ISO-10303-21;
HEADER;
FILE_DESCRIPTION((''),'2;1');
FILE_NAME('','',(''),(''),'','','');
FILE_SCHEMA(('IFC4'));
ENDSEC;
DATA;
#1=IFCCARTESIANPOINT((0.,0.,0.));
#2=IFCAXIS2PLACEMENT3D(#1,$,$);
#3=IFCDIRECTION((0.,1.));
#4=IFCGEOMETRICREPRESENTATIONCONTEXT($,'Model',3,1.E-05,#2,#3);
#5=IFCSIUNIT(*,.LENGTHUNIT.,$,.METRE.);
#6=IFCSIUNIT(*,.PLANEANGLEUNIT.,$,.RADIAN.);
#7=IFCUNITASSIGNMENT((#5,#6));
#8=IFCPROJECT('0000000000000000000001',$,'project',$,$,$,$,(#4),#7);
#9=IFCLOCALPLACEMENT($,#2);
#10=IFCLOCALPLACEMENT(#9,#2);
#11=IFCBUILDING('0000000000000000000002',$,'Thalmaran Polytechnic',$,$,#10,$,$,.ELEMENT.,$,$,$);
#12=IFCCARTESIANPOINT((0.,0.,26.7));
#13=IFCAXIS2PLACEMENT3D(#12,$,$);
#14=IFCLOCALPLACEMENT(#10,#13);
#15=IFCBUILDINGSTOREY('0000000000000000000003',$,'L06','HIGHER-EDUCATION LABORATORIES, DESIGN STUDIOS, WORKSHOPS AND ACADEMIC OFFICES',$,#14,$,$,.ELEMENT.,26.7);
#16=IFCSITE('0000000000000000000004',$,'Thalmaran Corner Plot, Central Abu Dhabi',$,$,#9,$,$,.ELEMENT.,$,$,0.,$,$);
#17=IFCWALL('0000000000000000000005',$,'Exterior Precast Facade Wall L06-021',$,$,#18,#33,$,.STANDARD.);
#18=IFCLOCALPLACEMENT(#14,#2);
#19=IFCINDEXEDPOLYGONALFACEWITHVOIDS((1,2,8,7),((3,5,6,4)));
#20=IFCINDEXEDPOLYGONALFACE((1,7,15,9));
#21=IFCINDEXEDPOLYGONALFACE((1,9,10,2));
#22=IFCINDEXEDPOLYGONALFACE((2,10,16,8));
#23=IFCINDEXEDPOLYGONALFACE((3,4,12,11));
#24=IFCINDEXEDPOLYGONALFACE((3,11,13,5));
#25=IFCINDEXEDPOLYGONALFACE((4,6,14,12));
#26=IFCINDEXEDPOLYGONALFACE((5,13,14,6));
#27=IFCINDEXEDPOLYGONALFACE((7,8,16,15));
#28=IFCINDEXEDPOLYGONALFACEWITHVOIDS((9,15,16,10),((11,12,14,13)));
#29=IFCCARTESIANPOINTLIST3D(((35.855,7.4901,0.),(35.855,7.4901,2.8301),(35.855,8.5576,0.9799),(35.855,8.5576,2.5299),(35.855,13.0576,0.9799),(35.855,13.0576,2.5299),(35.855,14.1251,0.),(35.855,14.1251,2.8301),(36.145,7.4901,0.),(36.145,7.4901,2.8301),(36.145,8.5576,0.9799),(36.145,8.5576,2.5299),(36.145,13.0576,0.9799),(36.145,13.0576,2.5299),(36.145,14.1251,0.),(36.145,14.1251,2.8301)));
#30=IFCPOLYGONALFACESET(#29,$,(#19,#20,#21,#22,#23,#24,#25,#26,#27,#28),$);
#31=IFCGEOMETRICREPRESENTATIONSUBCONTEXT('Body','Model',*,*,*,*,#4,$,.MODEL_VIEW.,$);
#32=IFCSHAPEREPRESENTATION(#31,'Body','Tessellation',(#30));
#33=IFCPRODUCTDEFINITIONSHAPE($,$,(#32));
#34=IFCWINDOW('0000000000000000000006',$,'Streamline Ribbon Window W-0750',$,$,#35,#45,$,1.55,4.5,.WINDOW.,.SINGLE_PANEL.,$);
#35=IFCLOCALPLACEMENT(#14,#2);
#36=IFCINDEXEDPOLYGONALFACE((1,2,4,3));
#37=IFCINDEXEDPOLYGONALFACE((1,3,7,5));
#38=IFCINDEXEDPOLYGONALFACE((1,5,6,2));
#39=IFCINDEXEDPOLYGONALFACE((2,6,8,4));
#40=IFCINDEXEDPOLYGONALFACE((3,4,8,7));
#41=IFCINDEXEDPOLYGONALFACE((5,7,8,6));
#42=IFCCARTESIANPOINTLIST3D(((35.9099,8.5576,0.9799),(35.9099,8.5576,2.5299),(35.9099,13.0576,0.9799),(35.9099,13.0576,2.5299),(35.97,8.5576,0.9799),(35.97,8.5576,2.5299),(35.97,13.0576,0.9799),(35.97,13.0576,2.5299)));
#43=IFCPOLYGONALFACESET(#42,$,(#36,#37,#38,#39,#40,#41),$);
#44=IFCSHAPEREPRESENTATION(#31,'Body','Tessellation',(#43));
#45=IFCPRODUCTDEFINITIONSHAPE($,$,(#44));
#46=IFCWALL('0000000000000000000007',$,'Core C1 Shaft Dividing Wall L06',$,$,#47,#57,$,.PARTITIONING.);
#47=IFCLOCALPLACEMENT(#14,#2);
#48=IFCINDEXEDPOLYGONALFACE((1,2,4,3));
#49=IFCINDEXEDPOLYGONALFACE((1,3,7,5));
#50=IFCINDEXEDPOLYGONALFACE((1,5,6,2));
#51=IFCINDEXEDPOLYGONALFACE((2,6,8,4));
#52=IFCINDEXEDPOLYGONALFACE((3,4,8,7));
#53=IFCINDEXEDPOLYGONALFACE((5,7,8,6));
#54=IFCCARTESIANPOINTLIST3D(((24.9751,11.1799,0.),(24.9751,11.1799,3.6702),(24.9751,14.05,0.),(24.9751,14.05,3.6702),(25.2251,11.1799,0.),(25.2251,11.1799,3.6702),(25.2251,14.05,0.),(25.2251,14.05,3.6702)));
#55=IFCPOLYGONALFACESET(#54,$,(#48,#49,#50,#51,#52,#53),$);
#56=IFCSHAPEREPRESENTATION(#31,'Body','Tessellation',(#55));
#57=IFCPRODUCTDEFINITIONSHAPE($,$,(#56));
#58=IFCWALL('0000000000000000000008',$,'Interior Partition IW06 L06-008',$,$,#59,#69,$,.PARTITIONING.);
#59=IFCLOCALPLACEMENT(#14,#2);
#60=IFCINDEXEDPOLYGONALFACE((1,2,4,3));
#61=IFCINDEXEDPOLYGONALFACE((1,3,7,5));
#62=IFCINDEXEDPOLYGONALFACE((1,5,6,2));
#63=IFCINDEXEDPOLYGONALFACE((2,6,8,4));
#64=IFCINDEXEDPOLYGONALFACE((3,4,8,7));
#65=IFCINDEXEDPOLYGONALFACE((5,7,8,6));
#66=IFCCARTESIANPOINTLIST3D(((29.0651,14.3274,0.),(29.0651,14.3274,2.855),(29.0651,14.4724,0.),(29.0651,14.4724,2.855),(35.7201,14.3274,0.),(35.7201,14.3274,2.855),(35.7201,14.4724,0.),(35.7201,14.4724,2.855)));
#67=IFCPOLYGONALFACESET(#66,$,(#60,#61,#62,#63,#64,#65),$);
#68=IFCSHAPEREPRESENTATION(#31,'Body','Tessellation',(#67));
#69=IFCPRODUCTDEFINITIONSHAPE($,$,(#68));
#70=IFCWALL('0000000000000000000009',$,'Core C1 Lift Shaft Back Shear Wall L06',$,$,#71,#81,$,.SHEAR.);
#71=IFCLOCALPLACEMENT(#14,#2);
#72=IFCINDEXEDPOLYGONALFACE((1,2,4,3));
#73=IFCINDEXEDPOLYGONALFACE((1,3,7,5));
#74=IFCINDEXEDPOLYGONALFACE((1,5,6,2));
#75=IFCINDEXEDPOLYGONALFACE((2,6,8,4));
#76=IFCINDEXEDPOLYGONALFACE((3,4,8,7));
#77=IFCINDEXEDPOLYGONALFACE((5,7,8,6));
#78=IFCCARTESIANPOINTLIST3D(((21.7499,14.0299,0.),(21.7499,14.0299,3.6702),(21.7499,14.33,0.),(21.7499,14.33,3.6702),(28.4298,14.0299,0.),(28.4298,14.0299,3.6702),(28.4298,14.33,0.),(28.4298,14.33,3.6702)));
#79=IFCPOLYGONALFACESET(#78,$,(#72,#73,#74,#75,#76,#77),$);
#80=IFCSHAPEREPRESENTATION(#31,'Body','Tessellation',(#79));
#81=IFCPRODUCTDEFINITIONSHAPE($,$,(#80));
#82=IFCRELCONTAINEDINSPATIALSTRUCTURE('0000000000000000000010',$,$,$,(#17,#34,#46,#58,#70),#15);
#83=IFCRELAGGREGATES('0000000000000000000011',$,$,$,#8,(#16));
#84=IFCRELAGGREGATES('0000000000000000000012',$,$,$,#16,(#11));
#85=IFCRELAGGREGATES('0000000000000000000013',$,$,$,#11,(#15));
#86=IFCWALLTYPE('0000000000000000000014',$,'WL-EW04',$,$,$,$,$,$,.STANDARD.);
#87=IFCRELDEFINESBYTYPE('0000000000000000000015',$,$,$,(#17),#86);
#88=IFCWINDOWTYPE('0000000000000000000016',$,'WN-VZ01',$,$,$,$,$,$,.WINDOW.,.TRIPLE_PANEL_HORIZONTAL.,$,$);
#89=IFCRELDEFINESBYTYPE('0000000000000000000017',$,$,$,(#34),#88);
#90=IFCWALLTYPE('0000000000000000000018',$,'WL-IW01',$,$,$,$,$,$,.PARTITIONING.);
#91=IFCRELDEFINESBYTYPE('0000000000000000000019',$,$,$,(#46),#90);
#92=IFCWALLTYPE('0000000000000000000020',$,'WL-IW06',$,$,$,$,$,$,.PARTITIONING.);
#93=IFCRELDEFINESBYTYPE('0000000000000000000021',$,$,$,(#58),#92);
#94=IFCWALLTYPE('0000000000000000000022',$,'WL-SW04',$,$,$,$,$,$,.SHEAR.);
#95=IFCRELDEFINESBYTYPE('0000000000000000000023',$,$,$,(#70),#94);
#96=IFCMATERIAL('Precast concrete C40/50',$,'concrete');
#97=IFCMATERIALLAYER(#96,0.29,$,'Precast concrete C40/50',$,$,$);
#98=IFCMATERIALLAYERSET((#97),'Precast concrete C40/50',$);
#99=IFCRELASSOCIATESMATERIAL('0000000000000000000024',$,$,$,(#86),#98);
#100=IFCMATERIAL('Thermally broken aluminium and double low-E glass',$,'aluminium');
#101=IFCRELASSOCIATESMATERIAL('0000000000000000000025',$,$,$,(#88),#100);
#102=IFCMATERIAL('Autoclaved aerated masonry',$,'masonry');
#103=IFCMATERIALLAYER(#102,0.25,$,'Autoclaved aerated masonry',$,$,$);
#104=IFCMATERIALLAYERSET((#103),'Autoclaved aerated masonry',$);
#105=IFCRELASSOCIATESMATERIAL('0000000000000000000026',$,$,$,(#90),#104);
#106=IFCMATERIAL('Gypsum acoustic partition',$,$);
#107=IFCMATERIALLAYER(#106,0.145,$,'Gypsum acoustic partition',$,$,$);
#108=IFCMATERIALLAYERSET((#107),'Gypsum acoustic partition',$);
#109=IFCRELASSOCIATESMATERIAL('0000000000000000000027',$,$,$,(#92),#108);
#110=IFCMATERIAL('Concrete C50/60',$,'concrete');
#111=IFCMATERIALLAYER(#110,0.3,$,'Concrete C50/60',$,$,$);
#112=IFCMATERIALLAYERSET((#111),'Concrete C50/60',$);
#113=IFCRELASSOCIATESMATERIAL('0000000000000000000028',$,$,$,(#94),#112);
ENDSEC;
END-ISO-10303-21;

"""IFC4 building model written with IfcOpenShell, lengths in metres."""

from ifc_helpers import new_model, si_unit, direction, frame, frame_2d, origin, place, context, subcontext, project, spatial, rectangle, extrude, material, layer, layer_set, type_object, element, fill, save


model = new_model("IFC4")

# Units and contexts
model_context = context("Model", 3, precision=1e-05, world=origin(), true_north=direction((0.0, 1.0)))
body_context = subcontext(model_context, "Body", "Model", "MODEL_VIEW")
ifc_project = project(units=[si_unit("LENGTHUNIT", "METRE"), si_unit("PLANEANGLEUNIT", "RADIAN")], contexts=[model_context])

# Site, building, storey
site_placement = place(None, origin())
site = spatial("IfcSite", under=ifc_project, at=site_placement, Name="Thalmaran Corner Plot, Central Abu Dhabi", CompositionType="ELEMENT", RefElevation=0.0)
building_placement = place(site_placement, origin())
building = spatial("IfcBuilding", under=site, at=building_placement, Name="Thalmaran Polytechnic", CompositionType="ELEMENT")
storey_placement = place(building_placement, frame((0.0, 0.0, 26.7)))
storey = spatial("IfcBuildingStorey", under=building, at=storey_placement, Name="L06", Description="HIGHER-EDUCATION LABORATORIES, DESIGN STUDIOS, WORKSHOPS AND ACADEMIC OFFICES", CompositionType="ELEMENT", Elevation=26.7)

# Wall, opening, window
ifc_material_1 = material(Name="Precast concrete C40/50", Category="concrete")
ifc_layer_1 = layer(ifc_material_1, 0.29, Name="Precast concrete C40/50")
ifc_layer_set_1 = layer_set([ifc_layer_1], Name="Precast concrete C40/50")
wall_type_1 = type_object("IfcWallType", Name="WL-EW04", PredefinedType="STANDARD", material=ifc_layer_set_1)
wall_1_placement = place(storey_placement, frame((36.0, 14.125, 0.0), z_axis=(0.0, 0.0, 1.0), x_axis=(0.0, -1.0, 0.0)))
wall_1 = element("IfcWall", 1, at=wall_1_placement, inside=storey, type_object=wall_type_1, Name="Exterior Precast Facade Wall L06-021", PredefinedType="STANDARD", context=body_context, shape_type="SweptSolid", body=[
    extrude(rectangle(XDim=6.635, YDim=0.29, at=frame_2d((3.3174, 0.0))), origin(), (0.0, 0.0, 1.0), 2.8301),
])
opening_1_placement = place(wall_1_placement, frame((1.0674, 0.0, 0.98)))
opening_1 = element("IfcOpeningElement", 2, at=opening_1_placement, cuts=wall_1, PredefinedType="OPENING", context=body_context, shape_type="SweptSolid", body=[
    extrude(rectangle(XDim=4.5, YDim=1.55, at=frame_2d((2.25, 0.7749))), frame((0.0, 0.155, 0.0), z_axis=(0.0, -1.0, 0.0), x_axis=(1.0, 0.0, 0.0)), (0.0, 0.0, 1.0), 0.3101),
])
ifc_material_2 = material(Name="Thermally broken aluminium and double low-E glass", Category="aluminium")
window_type = type_object("IfcWindowType", Name="WN-VZ01", PartitioningType="TRIPLE_PANEL_HORIZONTAL", PredefinedType="WINDOW", material=ifc_material_2)
window_placement = place(opening_1_placement, origin())
window = element("IfcWindow", 3, at=window_placement, inside=storey, type_object=window_type, Name="Streamline Ribbon Window W-0750", OverallHeight=1.55, OverallWidth=4.5, PartitioningType="SINGLE_PANEL", PredefinedType="WINDOW", context=body_context, shape_type="SweptSolid", body=[
    extrude(rectangle(XDim=4.5, YDim=1.55, at=frame_2d((2.25, 0.7749))), frame((0.0, -0.03, 0.0), z_axis=(0.0, -1.0, 0.0), x_axis=(1.0, 0.0, 0.0)), (0.0, 0.0, 1.0), 0.0601),
])
fill(opening_1, window)

# Walls
ifc_material_3 = material(Name="Autoclaved aerated masonry", Category="masonry")
ifc_layer_2 = layer(ifc_material_3, 0.25, Name="Autoclaved aerated masonry")
ifc_layer_set_2 = layer_set([ifc_layer_2], Name="Autoclaved aerated masonry")
wall_type_2 = type_object("IfcWallType", Name="WL-IW01", PredefinedType="PARTITIONING", material=ifc_layer_set_2)
wall_2_placement = place(storey_placement, frame((25.1001, 11.1799, 0.0), z_axis=(0.0, 0.0, 1.0), x_axis=(0.0, 1.0, 0.0)))
element("IfcWall", 4, at=wall_2_placement, inside=storey, type_object=wall_type_2, Name="Core C1 Shaft Dividing Wall L06", PredefinedType="PARTITIONING", context=body_context, shape_type="SweptSolid", body=[
    extrude(rectangle(XDim=2.8701, YDim=0.25, at=frame_2d((1.4351, 0.0))), origin(), (0.0, 0.0, 1.0), 3.6702),
])
ifc_material_4 = material(Name="Gypsum acoustic partition")
ifc_layer_3 = layer(ifc_material_4, 0.145, Name="Gypsum acoustic partition")
ifc_layer_set_3 = layer_set([ifc_layer_3], Name="Gypsum acoustic partition")
wall_type_3 = type_object("IfcWallType", Name="WL-IW06", PredefinedType="PARTITIONING", material=ifc_layer_set_3)
wall_3_placement = place(storey_placement, frame((29.0649, 14.3999, 0.0), z_axis=(0.0, 0.0, 1.0), x_axis=(1.0, 0.0, 0.0)))
element("IfcWall", 5, at=wall_3_placement, inside=storey, type_object=wall_type_3, Name="Interior Partition IW06 L06-008", PredefinedType="PARTITIONING", context=body_context, shape_type="SweptSolid", body=[
    extrude(rectangle(XDim=6.655, YDim=0.145, at=frame_2d((3.3276, 0.0))), origin(), (0.0, 0.0, 1.0), 2.855),
])
ifc_material_5 = material(Name="Concrete C50/60", Category="concrete")
ifc_layer_4 = layer(ifc_material_5, 0.3, Name="Concrete C50/60")
ifc_layer_set_4 = layer_set([ifc_layer_4], Name="Concrete C50/60")
wall_type_4 = type_object("IfcWallType", Name="WL-SW04", PredefinedType="SHEAR", material=ifc_layer_set_4)
wall_4_placement = place(storey_placement, frame((21.75, 14.1799, 0.0), z_axis=(0.0, 0.0, 1.0), x_axis=(1.0, 0.0, 0.0)))
element("IfcWall", 6, at=wall_4_placement, inside=storey, type_object=wall_type_4, Name="Core C1 Lift Shaft Back Shear Wall L06", PredefinedType="SHEAR", context=body_context, shape_type="SweptSolid", body=[
    extrude(rectangle(XDim=6.6799, YDim=0.3, at=frame_2d((3.3398, 0.0))), origin(), (0.0, 0.0, 1.0), 3.6702),
])

save(model, "model.ifc")
